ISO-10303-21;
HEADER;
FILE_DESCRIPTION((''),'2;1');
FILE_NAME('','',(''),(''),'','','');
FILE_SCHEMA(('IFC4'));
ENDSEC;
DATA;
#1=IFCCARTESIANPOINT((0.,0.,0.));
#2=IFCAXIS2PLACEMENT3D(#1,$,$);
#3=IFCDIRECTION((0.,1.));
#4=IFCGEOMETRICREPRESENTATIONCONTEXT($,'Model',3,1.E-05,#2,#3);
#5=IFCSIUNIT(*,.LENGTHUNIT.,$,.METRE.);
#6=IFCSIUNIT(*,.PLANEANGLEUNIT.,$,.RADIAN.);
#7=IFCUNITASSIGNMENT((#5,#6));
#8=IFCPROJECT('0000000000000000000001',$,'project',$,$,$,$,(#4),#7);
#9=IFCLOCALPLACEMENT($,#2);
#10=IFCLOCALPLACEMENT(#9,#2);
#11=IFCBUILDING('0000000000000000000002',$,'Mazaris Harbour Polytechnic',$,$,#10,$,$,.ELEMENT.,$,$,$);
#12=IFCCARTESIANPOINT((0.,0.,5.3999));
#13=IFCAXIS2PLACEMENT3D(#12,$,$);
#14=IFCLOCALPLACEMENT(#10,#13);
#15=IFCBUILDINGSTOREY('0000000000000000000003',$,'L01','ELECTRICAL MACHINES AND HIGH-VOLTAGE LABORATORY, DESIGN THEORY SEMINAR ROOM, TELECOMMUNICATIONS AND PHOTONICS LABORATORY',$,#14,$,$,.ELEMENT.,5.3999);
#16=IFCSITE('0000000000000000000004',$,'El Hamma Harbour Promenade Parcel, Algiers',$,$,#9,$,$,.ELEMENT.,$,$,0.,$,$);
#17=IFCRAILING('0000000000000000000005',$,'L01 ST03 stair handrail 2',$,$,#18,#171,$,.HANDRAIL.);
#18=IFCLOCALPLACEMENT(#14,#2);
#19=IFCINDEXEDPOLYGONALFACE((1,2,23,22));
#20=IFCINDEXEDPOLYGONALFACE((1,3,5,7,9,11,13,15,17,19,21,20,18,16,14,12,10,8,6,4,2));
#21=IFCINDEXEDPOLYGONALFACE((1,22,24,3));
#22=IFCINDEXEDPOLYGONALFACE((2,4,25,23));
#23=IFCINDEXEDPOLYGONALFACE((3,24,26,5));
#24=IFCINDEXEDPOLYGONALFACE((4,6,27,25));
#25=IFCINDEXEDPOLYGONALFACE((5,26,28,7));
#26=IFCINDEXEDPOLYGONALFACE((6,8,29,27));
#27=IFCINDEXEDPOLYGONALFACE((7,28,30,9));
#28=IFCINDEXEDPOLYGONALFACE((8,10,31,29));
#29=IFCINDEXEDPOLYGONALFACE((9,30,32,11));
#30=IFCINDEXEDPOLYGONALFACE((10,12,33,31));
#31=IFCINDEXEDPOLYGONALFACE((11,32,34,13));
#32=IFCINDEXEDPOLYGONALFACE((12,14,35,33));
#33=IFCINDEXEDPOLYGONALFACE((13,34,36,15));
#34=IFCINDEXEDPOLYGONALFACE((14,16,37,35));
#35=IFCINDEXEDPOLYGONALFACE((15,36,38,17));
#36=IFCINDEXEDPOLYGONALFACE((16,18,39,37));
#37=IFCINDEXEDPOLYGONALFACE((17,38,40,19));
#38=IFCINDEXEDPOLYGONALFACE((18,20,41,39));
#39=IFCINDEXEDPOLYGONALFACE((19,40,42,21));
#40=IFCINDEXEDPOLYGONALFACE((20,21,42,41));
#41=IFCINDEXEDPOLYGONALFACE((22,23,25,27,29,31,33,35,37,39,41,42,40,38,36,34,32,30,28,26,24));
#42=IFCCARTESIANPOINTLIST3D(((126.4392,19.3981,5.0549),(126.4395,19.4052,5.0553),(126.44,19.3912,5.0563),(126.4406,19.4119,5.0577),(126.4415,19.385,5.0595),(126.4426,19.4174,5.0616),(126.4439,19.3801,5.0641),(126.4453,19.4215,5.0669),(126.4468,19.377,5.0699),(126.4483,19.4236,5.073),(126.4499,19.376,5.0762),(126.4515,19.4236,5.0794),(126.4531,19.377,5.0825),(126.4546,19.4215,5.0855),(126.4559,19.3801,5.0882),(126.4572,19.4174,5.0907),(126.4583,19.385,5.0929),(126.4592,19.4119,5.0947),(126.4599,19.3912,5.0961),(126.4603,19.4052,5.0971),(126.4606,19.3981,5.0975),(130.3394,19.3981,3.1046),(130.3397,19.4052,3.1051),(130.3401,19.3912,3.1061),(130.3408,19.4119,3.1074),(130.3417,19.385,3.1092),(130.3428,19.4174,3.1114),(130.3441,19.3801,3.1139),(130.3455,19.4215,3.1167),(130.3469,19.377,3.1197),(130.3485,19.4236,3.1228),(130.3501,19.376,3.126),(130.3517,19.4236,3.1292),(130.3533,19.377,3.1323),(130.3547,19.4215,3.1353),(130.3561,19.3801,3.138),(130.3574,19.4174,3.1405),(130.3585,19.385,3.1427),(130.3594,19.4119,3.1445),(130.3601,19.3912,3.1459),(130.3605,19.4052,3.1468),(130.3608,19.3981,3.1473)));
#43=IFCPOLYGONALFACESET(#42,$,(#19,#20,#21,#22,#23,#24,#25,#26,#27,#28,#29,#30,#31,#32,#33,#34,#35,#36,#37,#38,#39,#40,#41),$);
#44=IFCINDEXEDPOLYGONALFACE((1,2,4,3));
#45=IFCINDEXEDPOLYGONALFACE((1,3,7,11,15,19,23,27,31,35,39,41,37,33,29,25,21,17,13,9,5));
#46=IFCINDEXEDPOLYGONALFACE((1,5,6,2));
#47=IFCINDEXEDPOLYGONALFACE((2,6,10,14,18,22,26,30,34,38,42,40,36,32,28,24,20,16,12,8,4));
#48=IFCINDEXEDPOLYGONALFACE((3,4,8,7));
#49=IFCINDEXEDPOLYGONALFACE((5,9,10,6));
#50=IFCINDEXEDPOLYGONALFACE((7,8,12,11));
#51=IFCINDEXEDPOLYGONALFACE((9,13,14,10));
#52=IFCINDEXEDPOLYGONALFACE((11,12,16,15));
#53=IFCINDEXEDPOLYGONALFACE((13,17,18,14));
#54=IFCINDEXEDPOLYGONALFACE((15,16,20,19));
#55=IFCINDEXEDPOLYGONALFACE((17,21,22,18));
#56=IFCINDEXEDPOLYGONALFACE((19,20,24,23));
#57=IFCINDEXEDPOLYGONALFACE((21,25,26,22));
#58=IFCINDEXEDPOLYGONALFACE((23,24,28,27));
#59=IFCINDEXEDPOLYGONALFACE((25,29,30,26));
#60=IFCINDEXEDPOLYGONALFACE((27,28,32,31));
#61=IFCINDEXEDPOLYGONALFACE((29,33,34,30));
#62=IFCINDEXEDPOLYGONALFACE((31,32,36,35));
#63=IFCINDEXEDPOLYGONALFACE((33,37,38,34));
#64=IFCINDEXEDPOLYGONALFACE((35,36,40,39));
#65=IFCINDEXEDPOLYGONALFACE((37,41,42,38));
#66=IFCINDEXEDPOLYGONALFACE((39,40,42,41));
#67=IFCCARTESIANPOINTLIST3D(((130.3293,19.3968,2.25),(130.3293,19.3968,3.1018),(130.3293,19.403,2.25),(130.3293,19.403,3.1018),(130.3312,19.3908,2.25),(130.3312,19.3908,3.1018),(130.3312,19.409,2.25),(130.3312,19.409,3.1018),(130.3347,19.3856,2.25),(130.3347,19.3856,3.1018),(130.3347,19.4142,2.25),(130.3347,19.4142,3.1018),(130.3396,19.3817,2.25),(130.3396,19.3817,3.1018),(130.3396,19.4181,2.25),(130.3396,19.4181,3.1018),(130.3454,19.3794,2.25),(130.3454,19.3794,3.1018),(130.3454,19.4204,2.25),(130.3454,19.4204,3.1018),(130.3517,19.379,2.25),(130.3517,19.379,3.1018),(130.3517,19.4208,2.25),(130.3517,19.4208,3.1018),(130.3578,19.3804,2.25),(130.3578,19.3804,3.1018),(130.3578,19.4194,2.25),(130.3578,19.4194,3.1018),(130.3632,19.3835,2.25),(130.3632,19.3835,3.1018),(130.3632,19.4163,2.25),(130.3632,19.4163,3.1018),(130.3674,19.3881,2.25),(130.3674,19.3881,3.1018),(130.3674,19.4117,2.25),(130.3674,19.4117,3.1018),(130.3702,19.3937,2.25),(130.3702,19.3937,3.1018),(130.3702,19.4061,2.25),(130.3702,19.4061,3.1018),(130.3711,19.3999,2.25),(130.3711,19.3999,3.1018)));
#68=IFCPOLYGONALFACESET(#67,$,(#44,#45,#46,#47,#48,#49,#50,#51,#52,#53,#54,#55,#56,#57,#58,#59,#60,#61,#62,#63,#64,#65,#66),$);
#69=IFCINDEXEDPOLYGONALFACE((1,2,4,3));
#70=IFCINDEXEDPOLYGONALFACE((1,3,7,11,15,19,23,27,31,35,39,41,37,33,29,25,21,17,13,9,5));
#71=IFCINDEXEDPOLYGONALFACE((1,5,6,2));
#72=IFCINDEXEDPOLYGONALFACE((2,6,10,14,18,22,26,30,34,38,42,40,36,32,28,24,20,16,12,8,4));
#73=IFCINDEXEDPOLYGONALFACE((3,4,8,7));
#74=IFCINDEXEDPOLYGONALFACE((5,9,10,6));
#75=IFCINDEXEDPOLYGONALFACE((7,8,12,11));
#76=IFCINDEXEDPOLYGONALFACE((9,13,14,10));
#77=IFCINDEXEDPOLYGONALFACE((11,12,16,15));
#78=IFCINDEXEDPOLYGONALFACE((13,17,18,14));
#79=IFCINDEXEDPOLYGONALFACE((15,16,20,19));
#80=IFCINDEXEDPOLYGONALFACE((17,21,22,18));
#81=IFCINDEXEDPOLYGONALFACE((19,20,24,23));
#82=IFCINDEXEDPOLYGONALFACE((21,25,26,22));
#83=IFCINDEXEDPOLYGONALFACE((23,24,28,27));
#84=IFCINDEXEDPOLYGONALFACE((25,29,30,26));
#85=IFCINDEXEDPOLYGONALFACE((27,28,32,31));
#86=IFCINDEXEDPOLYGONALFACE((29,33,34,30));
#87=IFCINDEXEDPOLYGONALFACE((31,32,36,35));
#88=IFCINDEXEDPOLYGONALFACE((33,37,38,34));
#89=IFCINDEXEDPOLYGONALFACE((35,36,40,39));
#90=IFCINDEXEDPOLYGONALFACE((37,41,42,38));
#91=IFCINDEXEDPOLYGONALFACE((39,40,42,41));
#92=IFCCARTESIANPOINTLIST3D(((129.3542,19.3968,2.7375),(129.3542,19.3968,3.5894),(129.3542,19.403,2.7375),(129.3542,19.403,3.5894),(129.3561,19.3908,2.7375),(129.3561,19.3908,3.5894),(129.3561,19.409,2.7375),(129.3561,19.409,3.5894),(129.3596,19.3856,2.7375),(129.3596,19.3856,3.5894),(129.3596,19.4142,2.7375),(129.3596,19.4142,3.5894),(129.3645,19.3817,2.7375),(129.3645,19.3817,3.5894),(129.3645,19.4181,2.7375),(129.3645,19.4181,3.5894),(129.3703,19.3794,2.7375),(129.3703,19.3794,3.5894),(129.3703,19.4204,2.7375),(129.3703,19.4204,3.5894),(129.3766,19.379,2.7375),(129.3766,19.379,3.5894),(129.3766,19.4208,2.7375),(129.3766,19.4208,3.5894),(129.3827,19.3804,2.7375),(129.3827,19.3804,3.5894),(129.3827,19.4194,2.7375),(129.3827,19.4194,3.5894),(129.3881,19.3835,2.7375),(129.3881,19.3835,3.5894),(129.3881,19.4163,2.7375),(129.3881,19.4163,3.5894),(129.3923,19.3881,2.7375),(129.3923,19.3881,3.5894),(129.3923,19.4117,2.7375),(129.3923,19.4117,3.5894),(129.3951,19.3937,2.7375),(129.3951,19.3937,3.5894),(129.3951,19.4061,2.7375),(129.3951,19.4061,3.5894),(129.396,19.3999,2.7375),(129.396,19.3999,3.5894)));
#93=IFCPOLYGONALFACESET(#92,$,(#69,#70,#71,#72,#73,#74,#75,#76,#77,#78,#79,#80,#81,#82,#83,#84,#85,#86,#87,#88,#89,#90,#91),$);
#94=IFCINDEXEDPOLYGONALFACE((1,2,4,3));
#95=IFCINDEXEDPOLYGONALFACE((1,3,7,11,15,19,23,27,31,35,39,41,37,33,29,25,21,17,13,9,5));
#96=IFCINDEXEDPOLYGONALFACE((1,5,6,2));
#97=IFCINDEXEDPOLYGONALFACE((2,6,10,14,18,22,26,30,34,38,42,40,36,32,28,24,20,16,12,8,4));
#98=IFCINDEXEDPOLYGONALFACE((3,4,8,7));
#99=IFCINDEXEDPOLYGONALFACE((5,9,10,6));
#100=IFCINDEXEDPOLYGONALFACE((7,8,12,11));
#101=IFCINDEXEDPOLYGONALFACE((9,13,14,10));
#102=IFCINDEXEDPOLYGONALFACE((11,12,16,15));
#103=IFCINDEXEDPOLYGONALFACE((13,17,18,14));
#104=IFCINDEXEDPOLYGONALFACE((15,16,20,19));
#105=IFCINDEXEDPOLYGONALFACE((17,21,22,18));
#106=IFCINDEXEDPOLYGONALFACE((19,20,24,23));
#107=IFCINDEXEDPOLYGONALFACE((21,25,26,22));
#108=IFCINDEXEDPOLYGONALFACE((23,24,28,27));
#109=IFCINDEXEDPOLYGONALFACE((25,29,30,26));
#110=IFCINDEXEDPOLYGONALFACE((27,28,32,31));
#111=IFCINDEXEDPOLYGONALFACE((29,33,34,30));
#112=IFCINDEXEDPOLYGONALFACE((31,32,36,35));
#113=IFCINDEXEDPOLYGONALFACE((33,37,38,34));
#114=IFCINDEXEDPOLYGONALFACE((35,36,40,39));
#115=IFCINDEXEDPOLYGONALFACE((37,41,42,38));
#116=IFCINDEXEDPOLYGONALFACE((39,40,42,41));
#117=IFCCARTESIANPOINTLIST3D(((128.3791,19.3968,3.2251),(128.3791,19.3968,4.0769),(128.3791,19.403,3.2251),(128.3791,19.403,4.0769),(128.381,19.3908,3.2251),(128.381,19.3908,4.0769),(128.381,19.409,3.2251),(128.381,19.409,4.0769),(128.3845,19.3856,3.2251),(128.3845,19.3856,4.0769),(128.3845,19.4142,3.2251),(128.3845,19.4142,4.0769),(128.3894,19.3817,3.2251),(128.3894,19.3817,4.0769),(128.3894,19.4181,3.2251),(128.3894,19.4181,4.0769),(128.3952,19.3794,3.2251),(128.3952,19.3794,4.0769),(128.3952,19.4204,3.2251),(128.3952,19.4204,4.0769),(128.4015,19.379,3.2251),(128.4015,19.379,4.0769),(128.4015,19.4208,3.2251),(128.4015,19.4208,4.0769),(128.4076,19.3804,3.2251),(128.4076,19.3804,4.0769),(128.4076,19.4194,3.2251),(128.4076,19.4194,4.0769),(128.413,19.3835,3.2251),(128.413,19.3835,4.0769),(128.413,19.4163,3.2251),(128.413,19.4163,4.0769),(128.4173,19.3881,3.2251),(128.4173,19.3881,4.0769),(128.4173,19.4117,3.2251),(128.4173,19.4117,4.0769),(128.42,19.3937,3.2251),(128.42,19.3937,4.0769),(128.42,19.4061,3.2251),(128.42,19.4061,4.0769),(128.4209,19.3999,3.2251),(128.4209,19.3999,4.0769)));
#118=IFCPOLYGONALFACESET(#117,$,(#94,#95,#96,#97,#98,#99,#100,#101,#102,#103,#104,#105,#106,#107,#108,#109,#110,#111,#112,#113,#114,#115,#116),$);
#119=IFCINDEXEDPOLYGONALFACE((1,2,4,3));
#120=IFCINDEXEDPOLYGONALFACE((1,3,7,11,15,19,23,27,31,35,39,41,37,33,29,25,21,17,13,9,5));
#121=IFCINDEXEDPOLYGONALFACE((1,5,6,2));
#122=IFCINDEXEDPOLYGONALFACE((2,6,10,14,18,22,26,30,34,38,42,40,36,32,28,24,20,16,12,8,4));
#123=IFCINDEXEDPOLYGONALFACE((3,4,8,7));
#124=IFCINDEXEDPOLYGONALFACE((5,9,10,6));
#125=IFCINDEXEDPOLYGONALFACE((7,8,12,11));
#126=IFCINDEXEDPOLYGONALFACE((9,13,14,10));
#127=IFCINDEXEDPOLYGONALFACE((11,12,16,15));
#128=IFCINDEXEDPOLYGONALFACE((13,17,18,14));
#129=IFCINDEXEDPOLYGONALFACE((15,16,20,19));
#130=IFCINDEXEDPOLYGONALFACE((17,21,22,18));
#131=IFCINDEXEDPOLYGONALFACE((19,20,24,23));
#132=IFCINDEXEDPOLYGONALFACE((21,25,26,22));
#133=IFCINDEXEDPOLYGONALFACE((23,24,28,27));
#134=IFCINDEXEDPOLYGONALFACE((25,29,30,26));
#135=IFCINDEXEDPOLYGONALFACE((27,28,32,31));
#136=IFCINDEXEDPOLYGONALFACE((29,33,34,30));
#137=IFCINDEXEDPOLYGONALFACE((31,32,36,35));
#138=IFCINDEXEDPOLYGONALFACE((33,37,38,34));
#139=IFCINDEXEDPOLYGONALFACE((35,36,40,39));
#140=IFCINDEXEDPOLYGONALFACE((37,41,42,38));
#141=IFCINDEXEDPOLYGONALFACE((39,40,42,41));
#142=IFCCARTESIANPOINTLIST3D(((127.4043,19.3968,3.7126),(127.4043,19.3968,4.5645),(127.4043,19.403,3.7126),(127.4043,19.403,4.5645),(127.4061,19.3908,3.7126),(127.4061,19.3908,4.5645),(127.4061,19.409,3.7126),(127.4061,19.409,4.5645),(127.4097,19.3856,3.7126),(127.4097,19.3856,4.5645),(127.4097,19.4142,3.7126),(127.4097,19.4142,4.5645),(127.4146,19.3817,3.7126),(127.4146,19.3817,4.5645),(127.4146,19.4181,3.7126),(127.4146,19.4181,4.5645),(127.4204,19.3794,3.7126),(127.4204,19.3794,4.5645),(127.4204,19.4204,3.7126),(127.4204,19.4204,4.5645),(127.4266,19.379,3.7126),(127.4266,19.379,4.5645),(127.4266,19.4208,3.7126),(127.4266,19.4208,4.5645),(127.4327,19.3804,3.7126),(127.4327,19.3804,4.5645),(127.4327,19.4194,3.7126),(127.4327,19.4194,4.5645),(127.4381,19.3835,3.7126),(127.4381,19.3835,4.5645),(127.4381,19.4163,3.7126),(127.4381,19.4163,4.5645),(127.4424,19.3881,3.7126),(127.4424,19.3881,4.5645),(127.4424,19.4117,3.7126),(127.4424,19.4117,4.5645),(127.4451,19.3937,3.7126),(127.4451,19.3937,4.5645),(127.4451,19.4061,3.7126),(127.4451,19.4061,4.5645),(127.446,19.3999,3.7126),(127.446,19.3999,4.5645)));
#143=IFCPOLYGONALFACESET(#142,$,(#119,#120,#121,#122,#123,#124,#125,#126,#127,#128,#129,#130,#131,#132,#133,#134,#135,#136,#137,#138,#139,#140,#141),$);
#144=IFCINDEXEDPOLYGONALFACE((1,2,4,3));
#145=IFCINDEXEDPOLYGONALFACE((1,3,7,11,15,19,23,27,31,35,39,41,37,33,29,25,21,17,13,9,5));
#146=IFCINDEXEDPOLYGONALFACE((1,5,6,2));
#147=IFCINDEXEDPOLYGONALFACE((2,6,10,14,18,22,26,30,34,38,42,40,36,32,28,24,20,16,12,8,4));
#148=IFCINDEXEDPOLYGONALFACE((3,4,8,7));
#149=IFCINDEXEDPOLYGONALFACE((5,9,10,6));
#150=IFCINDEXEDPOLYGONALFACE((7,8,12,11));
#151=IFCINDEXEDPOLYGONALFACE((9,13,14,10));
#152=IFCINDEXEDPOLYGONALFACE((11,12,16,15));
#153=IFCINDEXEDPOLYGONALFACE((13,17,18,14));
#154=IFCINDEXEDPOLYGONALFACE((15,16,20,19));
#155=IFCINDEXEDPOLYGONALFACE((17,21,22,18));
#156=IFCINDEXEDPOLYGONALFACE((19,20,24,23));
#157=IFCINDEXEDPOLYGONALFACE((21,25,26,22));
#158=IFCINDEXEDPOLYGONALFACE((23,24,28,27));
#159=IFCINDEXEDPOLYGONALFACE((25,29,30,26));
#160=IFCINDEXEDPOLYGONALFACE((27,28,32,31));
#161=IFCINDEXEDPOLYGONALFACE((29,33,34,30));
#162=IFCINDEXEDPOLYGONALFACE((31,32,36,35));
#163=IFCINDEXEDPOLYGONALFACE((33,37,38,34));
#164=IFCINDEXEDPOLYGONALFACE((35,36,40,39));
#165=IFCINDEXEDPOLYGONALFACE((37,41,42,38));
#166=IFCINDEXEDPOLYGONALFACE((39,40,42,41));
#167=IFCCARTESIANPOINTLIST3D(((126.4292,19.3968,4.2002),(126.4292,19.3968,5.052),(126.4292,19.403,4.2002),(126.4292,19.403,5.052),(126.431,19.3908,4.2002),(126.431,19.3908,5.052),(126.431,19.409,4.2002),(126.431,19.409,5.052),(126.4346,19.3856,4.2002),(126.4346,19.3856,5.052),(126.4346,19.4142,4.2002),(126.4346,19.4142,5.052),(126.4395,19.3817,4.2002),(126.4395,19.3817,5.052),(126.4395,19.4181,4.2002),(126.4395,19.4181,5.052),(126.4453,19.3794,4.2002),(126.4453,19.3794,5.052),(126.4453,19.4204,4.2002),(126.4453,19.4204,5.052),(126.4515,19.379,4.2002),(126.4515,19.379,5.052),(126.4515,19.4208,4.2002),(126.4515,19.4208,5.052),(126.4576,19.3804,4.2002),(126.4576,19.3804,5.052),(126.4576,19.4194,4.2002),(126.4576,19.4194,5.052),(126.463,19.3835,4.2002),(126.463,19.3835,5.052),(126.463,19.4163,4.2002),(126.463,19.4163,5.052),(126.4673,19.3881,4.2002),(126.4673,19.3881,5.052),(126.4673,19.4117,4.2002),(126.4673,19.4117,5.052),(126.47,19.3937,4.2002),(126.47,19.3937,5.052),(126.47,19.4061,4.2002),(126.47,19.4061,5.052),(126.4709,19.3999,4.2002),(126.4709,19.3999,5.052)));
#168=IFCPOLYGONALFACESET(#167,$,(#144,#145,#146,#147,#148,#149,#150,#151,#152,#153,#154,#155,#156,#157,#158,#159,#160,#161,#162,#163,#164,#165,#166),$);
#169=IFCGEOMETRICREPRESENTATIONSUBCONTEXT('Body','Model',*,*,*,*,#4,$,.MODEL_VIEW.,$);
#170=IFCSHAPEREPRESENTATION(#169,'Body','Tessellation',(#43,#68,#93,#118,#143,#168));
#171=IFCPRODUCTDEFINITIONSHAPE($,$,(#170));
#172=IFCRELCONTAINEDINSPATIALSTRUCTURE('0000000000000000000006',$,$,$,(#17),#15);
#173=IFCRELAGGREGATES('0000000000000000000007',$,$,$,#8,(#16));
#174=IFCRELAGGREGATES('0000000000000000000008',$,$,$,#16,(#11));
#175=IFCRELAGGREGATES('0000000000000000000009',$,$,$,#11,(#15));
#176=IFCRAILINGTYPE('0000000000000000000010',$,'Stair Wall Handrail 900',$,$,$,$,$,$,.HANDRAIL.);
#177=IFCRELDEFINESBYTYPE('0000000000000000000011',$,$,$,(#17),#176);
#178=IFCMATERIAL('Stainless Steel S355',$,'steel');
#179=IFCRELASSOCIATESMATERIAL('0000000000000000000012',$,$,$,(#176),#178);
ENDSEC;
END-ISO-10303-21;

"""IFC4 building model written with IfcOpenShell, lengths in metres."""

from ifc_helpers import new_model, si_unit, direction, frame, origin, origin_2d, place, context, subcontext, project, spatial, circle, extrude, material, type_object, element, save


model = new_model("IFC4")

# Units and contexts
model_context = context("Model", 3, precision=1e-05, world=origin(), true_north=direction((0.0, 1.0)))
body_context = subcontext(model_context, "Body", "Model", "MODEL_VIEW")
ifc_project = project(units=[si_unit("LENGTHUNIT", "METRE"), si_unit("PLANEANGLEUNIT", "RADIAN")], contexts=[model_context])

# Site, building, storey
site_placement = place(None, origin())
site = spatial("IfcSite", under=ifc_project, at=site_placement, Name="El Hamma Harbour Promenade Parcel, Algiers", CompositionType="ELEMENT", RefElevation=0.0)
building_placement = place(site_placement, origin())
building = spatial("IfcBuilding", under=site, at=building_placement, Name="Mazaris Harbour Polytechnic", CompositionType="ELEMENT")
storey_placement = place(building_placement, frame((0.0, 0.0, 5.3999)))
storey = spatial("IfcBuildingStorey", under=building, at=storey_placement, Name="L01", Description="ELECTRICAL MACHINES AND HIGH-VOLTAGE LABORATORY, DESIGN THEORY SEMINAR ROOM, TELECOMMUNICATIONS AND PHOTONICS LABORATORY", CompositionType="ELEMENT", Elevation=5.3999)

# Railing
ifc_material_1 = material(Name="Stainless Steel S355", Category="steel")
railing_type_1 = type_object("IfcRailingType", Name="Stair Wall Handrail 900", PredefinedType="HANDRAIL", material=ifc_material_1)
railing_1_placement = place(storey_placement, frame((130.3501, 19.3999, 2.25)))
element("IfcRailing", 1, at=railing_1_placement, inside=storey, type_object=railing_type_1, Name="L01 ST03 stair handrail 2", PredefinedType="HANDRAIL", context=body_context, shape_type="SweptSolid", body=[
    extrude(circle(Radius=0.0239, at=origin_2d()), frame((0.0, 0.0, 0.876), z_axis=(-0.894416, 0.0, 0.447236), x_axis=(0.0, -1.0, 0.0)), (0.0, 0.0, 1.0), 4.3606),
    extrude(circle(Radius=0.021, at=origin_2d()), origin(), (0.0, 0.0, 1.0), 0.8518),
    extrude(circle(Radius=0.021, at=origin_2d()), frame((-0.9751, 0.0, 0.4875)), (0.0, 0.0, 1.0), 0.8518),
    extrude(circle(Radius=0.021, at=origin_2d()), frame((-1.9502, 0.0, 0.9751)), (0.0, 0.0, 1.0), 0.8518),
    extrude(circle(Radius=0.021, at=origin_2d()), frame((-2.925, 0.0, 1.4626)), (0.0, 0.0, 1.0), 0.8518),
    extrude(circle(Radius=0.021, at=origin_2d()), frame((-3.9001, 0.0, 1.9502)), (0.0, 0.0, 1.0), 0.8518),
])

save(model, "model.ifc")
